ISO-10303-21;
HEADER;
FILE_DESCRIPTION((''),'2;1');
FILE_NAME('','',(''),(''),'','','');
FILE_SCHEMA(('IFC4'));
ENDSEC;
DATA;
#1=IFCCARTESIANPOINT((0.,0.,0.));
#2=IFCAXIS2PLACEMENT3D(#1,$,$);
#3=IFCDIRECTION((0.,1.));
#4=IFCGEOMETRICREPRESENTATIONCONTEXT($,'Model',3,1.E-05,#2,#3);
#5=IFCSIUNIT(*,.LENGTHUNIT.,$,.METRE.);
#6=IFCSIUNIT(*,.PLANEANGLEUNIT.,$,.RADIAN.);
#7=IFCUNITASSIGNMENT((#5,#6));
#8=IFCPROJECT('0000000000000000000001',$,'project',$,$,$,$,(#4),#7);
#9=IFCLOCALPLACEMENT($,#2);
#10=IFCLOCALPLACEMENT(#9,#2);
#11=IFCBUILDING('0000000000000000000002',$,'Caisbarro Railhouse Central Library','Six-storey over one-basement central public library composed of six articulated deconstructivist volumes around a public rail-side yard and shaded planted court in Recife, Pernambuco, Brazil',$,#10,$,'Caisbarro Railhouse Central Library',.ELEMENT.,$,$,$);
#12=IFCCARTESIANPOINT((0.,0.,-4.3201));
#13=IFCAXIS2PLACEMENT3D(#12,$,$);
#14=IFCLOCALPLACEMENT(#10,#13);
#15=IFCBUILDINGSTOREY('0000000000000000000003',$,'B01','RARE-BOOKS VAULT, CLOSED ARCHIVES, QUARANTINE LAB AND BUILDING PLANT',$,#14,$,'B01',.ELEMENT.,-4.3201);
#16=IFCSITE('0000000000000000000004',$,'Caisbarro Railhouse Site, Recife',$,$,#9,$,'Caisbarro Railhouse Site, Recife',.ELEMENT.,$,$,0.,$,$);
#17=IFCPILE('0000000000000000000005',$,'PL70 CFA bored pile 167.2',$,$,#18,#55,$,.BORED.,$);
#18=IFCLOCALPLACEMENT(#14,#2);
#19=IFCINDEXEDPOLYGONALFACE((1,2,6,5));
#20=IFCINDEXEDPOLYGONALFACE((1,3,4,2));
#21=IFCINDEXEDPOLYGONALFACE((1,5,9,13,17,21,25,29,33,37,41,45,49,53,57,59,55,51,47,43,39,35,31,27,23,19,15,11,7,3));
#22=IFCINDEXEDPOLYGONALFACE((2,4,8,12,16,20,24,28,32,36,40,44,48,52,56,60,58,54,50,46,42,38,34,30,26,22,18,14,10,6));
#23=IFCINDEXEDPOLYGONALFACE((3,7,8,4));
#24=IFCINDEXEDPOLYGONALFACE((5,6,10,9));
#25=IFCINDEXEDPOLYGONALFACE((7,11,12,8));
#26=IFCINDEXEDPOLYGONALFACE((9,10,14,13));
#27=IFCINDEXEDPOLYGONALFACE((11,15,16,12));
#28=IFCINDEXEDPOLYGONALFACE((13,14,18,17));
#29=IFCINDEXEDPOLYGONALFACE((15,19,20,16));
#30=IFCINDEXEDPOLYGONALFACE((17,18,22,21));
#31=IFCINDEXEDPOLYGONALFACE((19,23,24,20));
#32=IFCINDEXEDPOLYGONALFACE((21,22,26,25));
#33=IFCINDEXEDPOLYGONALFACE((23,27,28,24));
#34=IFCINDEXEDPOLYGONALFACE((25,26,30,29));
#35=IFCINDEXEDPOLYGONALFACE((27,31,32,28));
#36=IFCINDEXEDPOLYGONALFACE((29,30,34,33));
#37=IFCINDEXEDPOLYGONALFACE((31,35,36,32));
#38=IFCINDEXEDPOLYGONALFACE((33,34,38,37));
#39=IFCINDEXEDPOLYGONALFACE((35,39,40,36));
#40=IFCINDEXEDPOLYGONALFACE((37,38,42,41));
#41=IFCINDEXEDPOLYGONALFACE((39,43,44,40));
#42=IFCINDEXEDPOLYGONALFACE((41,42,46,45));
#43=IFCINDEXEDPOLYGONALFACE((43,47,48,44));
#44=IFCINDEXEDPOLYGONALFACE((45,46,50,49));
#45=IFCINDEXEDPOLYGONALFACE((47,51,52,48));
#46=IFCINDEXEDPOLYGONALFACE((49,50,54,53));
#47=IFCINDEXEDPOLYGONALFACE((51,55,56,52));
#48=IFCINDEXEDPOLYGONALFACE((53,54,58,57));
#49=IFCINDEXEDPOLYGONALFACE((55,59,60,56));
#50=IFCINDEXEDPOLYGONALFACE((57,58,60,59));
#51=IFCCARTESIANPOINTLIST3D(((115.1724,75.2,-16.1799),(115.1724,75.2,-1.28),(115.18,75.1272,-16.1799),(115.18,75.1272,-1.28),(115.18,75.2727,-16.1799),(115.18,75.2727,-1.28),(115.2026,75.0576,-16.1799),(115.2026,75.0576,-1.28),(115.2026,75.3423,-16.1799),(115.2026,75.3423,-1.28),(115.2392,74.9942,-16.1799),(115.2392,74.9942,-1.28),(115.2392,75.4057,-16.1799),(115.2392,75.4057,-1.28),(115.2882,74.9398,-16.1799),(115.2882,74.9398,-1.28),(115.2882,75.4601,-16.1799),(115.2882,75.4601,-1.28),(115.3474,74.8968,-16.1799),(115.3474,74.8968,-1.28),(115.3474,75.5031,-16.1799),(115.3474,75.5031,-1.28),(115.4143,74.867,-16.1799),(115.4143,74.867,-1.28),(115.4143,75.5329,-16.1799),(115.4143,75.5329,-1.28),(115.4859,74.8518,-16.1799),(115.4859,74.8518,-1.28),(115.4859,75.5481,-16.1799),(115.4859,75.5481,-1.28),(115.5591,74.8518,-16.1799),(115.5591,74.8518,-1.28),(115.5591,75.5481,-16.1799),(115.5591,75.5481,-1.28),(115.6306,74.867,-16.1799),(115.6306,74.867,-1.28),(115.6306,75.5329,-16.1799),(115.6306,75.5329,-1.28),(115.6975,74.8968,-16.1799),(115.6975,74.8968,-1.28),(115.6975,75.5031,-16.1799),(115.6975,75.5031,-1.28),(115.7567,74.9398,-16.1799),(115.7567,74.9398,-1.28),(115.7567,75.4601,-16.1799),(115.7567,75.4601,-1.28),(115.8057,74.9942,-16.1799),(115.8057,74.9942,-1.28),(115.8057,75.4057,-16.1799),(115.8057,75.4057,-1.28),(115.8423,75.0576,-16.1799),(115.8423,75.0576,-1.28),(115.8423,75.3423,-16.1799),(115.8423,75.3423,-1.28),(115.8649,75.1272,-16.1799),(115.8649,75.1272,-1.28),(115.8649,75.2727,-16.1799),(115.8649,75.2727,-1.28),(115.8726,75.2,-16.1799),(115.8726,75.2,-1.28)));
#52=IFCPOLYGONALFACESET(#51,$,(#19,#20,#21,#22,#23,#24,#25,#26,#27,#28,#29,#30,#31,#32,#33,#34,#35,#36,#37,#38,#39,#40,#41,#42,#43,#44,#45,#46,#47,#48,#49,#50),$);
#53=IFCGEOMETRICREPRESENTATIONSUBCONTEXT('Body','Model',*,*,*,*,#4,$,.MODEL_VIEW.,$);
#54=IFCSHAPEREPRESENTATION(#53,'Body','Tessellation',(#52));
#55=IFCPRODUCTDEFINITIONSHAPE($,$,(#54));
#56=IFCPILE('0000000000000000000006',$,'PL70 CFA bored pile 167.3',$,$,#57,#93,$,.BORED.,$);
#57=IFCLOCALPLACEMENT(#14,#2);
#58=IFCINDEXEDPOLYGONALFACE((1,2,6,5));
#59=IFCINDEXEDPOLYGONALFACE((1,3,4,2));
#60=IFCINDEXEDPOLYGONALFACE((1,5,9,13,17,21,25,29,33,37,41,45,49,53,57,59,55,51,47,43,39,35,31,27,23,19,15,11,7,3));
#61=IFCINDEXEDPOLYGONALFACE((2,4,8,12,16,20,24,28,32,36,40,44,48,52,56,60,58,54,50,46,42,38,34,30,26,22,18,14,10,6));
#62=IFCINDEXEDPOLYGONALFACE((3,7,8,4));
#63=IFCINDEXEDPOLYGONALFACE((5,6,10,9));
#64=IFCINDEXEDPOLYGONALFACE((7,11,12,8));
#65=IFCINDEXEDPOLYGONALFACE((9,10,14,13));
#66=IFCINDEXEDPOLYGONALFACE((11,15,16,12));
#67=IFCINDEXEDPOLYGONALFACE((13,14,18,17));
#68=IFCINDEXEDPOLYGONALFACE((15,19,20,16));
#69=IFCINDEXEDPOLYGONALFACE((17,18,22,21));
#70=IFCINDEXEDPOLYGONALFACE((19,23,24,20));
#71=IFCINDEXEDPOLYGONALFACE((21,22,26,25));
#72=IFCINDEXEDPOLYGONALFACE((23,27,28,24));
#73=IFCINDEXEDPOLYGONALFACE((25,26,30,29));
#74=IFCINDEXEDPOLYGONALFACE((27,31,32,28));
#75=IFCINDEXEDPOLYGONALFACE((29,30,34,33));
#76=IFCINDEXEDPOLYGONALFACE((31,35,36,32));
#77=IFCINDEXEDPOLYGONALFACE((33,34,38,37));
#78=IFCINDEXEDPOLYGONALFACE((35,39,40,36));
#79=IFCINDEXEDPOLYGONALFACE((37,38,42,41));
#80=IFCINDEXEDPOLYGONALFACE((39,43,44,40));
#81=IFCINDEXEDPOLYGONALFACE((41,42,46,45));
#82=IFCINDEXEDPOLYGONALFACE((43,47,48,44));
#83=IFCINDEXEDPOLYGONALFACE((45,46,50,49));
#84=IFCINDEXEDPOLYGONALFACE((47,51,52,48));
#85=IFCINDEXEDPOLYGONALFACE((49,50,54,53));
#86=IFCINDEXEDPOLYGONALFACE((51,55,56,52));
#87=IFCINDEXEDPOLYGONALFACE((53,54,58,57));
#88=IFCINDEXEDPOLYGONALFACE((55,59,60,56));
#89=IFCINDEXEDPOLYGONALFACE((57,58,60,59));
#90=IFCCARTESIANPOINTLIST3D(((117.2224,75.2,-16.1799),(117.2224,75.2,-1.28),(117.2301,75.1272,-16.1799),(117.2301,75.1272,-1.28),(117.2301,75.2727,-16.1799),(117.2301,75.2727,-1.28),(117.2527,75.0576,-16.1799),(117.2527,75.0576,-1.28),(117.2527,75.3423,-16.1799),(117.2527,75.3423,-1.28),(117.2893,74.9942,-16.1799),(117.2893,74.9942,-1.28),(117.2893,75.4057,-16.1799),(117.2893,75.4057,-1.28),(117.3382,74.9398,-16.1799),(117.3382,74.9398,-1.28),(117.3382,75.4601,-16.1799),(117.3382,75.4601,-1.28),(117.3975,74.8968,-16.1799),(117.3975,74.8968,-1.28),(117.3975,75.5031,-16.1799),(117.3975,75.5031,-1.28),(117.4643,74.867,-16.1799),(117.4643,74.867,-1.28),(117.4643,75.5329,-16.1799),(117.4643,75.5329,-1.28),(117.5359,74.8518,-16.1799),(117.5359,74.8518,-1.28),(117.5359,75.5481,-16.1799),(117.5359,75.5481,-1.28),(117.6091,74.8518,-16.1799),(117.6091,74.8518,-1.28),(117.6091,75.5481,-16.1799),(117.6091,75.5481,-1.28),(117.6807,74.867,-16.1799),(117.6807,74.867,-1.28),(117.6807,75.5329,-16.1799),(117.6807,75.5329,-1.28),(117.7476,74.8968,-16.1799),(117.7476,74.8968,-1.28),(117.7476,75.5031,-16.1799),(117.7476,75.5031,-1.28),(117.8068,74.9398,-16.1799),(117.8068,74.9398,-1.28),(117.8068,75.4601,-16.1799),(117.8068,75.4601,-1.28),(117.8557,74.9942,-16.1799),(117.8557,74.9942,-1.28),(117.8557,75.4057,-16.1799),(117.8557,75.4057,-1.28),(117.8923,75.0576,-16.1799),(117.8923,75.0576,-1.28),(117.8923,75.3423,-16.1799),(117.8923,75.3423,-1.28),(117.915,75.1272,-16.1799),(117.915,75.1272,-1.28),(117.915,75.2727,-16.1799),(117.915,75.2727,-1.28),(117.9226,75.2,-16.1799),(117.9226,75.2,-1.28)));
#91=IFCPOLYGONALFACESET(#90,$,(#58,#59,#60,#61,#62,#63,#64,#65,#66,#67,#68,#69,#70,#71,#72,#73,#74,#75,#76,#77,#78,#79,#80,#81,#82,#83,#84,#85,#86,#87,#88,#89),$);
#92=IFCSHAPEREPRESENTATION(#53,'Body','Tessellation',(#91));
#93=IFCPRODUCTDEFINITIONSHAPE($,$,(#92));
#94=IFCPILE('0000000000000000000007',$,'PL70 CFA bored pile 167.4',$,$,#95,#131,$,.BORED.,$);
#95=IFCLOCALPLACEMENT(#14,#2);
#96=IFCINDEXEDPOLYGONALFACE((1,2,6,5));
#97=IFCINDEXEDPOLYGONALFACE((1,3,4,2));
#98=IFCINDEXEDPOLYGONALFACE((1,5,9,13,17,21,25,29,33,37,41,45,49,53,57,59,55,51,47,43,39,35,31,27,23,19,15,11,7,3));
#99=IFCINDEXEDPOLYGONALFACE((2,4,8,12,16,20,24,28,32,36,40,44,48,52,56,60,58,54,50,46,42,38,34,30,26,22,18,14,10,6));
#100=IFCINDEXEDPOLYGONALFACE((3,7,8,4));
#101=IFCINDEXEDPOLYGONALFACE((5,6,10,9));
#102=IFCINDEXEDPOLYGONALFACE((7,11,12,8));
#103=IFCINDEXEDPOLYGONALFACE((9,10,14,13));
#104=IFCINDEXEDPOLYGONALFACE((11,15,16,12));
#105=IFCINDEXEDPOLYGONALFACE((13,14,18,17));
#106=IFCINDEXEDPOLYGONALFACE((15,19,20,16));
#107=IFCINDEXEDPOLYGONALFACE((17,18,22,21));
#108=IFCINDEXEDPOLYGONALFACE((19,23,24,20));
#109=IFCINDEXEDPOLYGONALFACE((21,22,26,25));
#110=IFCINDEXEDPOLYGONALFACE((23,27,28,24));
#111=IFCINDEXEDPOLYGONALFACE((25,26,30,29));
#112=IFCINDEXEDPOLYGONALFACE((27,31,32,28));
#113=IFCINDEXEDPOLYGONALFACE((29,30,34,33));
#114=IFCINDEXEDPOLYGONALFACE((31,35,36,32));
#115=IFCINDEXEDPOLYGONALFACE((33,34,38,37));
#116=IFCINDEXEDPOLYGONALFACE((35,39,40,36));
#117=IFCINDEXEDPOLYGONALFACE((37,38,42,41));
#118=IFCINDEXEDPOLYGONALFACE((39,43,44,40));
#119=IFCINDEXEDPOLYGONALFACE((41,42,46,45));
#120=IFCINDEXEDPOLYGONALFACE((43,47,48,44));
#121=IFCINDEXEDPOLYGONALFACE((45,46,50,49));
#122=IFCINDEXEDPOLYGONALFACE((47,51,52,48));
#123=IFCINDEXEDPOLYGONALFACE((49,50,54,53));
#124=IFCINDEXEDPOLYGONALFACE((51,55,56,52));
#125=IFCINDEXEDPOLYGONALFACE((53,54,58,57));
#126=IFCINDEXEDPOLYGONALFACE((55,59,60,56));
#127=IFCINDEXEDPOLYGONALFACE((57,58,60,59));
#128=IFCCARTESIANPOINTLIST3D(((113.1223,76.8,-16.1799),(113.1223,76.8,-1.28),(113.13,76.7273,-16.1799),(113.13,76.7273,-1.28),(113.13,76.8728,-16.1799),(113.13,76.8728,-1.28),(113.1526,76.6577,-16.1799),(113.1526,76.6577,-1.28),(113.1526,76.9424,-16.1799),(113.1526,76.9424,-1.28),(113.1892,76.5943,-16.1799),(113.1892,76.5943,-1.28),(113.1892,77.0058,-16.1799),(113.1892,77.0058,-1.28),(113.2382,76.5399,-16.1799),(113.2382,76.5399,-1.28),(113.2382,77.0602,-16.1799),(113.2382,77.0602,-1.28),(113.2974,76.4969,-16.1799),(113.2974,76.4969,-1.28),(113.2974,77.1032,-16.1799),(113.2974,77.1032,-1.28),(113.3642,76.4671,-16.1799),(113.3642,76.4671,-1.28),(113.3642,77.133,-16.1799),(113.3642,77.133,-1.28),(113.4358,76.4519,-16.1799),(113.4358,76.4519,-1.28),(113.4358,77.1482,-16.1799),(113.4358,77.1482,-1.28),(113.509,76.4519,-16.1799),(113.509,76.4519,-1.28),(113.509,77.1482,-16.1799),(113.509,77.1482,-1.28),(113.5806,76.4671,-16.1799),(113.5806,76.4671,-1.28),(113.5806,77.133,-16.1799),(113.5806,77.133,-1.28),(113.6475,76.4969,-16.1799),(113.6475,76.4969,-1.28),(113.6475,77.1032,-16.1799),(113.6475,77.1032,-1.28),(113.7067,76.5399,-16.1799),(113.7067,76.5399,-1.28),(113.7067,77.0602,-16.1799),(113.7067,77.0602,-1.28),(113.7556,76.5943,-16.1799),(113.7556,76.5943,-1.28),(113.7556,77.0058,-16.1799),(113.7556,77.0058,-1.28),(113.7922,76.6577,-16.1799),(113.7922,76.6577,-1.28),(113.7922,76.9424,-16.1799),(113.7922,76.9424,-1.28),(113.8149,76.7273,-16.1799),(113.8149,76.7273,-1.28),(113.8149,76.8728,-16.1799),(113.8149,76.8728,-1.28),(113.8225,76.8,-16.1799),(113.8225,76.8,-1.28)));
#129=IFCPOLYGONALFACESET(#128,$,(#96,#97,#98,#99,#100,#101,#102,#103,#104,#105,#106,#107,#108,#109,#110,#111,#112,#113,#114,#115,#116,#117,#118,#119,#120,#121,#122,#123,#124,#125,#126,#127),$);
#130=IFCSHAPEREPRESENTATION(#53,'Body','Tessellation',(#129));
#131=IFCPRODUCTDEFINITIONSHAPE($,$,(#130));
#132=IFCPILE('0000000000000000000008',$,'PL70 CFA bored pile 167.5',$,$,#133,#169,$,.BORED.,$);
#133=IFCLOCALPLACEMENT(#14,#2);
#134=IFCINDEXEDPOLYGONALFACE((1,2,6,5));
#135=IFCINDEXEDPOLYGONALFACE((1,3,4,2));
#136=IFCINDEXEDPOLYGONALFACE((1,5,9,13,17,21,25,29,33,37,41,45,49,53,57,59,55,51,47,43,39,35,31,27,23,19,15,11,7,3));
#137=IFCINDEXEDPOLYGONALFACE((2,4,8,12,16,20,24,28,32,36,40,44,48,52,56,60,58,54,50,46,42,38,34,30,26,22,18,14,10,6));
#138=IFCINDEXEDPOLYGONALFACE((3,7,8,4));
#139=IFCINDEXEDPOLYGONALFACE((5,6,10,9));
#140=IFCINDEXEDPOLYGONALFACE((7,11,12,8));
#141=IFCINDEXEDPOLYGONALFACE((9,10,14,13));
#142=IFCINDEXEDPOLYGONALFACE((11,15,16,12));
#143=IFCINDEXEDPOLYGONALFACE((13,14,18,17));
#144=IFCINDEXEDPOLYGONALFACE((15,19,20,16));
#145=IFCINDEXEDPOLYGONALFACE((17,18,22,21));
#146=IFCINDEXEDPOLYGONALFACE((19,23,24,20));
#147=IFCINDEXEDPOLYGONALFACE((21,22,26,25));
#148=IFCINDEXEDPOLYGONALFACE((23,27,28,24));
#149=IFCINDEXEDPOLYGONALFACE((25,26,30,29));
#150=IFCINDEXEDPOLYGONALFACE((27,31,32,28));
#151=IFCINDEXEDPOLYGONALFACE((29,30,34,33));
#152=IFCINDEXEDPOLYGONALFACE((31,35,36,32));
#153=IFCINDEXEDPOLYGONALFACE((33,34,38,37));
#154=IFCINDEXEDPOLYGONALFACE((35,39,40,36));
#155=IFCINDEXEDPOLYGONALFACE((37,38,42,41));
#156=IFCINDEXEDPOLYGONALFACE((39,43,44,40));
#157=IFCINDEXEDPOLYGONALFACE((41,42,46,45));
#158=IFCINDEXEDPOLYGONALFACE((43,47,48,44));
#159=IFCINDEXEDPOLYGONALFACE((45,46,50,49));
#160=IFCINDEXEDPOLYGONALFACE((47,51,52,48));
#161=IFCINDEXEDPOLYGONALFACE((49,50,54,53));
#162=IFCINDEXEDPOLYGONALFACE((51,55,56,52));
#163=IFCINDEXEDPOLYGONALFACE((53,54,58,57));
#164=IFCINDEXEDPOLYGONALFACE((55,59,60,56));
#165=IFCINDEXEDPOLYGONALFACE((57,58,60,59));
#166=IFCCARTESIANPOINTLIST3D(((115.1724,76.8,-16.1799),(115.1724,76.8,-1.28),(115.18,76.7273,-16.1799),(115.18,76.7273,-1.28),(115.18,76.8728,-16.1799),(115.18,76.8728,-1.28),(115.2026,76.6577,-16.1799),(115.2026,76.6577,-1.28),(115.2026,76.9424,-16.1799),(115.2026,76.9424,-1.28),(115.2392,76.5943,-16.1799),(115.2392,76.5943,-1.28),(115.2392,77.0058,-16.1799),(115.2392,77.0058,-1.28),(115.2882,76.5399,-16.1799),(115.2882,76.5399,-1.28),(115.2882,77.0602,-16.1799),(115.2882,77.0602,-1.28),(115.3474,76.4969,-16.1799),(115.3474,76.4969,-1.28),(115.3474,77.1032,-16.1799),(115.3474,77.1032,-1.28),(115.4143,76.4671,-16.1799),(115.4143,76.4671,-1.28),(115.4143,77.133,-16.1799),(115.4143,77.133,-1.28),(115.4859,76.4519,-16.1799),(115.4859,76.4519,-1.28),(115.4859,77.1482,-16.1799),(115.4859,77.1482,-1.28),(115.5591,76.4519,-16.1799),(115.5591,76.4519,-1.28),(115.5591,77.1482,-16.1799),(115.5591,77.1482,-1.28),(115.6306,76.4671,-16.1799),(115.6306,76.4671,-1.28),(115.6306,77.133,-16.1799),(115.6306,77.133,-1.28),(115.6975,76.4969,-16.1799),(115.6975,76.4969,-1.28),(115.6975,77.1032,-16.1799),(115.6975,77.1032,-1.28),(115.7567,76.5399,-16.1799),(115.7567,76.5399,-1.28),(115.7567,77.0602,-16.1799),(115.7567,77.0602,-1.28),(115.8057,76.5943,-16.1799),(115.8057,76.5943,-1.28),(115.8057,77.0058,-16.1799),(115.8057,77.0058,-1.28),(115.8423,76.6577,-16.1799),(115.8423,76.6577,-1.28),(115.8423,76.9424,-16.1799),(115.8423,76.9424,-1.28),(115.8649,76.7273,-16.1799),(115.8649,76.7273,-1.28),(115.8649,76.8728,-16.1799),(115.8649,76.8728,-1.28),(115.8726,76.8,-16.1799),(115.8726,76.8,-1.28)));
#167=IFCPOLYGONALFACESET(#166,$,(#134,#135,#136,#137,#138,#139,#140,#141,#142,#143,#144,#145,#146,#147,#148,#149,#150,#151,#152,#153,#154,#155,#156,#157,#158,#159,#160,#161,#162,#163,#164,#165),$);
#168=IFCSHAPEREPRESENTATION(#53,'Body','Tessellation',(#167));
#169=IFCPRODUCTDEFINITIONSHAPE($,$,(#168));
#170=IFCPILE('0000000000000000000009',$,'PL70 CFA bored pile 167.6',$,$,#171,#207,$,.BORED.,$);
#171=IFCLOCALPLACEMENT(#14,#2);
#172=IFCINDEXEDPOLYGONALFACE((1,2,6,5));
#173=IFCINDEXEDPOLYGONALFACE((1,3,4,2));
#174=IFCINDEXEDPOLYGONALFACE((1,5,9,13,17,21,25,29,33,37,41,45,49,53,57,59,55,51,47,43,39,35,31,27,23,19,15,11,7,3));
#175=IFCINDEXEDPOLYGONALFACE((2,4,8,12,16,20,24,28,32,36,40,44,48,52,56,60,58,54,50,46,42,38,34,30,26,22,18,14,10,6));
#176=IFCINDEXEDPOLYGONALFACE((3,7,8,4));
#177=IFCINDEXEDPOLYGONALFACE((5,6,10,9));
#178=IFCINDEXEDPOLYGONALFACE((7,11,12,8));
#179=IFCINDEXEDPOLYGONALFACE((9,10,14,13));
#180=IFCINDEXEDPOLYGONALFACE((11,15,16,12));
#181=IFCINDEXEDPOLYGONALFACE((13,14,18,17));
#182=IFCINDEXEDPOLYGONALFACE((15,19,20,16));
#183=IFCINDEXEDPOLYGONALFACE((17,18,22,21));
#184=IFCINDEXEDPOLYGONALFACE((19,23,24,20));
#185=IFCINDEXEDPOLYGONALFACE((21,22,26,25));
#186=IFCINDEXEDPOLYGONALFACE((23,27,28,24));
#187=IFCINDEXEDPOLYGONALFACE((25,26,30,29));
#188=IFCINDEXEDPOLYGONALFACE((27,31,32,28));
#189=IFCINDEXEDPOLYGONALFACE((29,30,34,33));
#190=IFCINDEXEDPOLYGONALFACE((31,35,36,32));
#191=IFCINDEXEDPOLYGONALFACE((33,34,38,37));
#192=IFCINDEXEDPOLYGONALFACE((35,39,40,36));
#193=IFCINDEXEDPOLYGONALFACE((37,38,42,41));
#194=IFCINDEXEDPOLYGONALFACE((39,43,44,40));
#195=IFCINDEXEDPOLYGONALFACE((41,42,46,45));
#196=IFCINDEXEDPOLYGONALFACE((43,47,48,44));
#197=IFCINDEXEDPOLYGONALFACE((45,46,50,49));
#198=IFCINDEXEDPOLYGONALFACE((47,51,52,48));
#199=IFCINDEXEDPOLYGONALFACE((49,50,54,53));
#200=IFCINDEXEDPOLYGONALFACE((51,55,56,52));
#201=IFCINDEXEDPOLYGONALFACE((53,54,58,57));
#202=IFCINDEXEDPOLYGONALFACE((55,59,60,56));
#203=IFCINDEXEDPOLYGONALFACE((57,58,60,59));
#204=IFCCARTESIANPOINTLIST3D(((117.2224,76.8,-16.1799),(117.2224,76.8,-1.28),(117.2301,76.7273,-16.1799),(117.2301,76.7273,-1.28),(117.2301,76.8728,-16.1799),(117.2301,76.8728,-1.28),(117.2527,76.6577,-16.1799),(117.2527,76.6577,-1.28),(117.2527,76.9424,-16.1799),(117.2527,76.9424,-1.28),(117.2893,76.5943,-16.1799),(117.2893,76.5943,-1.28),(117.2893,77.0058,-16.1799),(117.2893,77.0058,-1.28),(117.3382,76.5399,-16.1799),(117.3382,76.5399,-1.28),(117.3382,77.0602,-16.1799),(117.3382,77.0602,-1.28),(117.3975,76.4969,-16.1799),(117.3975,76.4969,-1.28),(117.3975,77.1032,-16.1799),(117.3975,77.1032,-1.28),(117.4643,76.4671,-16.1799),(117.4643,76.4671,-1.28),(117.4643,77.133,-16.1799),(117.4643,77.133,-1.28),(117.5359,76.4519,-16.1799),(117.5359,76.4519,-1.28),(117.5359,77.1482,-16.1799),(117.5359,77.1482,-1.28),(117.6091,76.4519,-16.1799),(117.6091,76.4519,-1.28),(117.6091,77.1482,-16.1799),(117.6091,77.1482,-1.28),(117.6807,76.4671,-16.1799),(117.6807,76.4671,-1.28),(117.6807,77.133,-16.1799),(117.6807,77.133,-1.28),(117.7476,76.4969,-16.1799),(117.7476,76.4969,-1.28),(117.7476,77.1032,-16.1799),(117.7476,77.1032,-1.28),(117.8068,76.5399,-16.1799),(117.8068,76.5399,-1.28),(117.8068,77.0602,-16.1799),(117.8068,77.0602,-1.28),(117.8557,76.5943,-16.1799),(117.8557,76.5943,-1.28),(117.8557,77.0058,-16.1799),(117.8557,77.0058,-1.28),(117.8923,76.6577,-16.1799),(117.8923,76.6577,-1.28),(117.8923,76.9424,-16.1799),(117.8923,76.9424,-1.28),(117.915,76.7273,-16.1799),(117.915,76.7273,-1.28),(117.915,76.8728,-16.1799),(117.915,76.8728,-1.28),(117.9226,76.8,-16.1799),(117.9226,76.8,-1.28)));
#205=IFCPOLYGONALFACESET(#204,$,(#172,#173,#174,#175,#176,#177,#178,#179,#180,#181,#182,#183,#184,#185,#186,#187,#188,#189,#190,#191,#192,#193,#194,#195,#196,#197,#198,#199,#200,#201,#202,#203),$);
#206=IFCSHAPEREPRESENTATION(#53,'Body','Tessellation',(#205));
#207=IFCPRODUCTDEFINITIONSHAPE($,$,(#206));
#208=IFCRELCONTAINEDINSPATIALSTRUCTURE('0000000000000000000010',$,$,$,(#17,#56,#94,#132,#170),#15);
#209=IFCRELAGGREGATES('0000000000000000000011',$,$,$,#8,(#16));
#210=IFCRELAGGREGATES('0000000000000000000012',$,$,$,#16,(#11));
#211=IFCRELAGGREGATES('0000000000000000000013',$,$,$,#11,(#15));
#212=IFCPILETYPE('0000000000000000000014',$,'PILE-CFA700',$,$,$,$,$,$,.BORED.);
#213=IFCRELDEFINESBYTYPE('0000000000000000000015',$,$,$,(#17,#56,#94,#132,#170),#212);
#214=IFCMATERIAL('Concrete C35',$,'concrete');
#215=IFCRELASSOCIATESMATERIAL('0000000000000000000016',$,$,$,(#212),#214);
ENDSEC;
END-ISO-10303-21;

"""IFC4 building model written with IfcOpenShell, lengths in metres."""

from ifc_helpers import new_model, si_unit, direction, frame, origin, origin_2d, place, context, subcontext, project, spatial, circle, extrude, material, material_profile, profile_set, type_object, element, save


model = new_model("IFC4")

# Units and contexts
model_context = context("Model", 3, precision=1e-05, world=origin(), true_north=direction((0.0, 1.0)))
body_context = subcontext(model_context, "Body", "Model", "MODEL_VIEW")
ifc_project = project(units=[si_unit("LENGTHUNIT", "METRE"), si_unit("PLANEANGLEUNIT", "RADIAN")], contexts=[model_context])

# Site, building, storey
site_placement = place(None, origin())
site = spatial("IfcSite", under=ifc_project, at=site_placement, Name="Caisbarro Railhouse Site, Recife", LongName="Caisbarro Railhouse Site, Recife", CompositionType="ELEMENT", RefElevation=0.0)
building_placement = place(site_placement, origin())
building = spatial("IfcBuilding", under=site, at=building_placement, Name="Caisbarro Railhouse Central Library", Description="Six-storey over one-basement central public library composed of six articulated deconstructivist volumes around a public rail-side yard and shaded planted court in Recife, Pernambuco, Brazil", LongName="Caisbarro Railhouse Central Library", CompositionType="ELEMENT")
storey_placement = place(building_placement, frame((0.0, 0.0, -4.3201)))
storey = spatial("IfcBuildingStorey", under=building, at=storey_placement, Name="B01", Description="RARE-BOOKS VAULT, CLOSED ARCHIVES, QUARANTINE LAB AND BUILDING PLANT", LongName="B01", CompositionType="ELEMENT", Elevation=-4.3201)

# Piles
ifc_material_1 = material(Name="Concrete C35", Category="concrete")
ifc_material_profile_1 = material_profile(ifc_material_1, circle(Radius=0.3501, at=origin_2d()), Name="PILE-CFA-700")
ifc_profile_set_1 = profile_set([ifc_material_profile_1], Name="Concrete C35")
pile_type_1 = type_object("IfcPileType", Name="PILE-CFA700", PredefinedType="BORED", material=ifc_profile_set_1)
for number, where, z_axis, x_axis, name in (
    (1, (115.5225, 75.2, -1.28), (0.0, 0.0, -1.0), (1.0, 0.0, 0.0), "PL70 CFA bored pile 167.2"),
    (2, (117.5725, 75.2, -1.28), (0.0, 0.0, -1.0), (1.0, 0.0, 0.0), "PL70 CFA bored pile 167.3"),
    (3, (113.4724, 76.8, -1.28), (0.0, 0.0, -1.0), (1.0, 0.0, 0.0), "PL70 CFA bored pile 167.4"),
    (4, (115.5225, 76.8, -1.28), (0.0, 0.0, -1.0), (1.0, 0.0, 0.0), "PL70 CFA bored pile 167.5"),
    (5, (117.5725, 76.8, -1.28), (0.0, 0.0, -1.0), (1.0, 0.0, 0.0), "PL70 CFA bored pile 167.6"),
):
    element("IfcPile", number, at=place(storey_placement, frame(where, z_axis=z_axis, x_axis=x_axis)), inside=storey, type_object=pile_type_1, Name=name, PredefinedType="BORED", context=body_context, shape_type="SweptSolid", body=[
        extrude(circle(Radius=0.3501, at=origin_2d()), origin(), (0.0, 0.0, 1.0), 14.8999),
    ])

save(model, "model.ifc")
